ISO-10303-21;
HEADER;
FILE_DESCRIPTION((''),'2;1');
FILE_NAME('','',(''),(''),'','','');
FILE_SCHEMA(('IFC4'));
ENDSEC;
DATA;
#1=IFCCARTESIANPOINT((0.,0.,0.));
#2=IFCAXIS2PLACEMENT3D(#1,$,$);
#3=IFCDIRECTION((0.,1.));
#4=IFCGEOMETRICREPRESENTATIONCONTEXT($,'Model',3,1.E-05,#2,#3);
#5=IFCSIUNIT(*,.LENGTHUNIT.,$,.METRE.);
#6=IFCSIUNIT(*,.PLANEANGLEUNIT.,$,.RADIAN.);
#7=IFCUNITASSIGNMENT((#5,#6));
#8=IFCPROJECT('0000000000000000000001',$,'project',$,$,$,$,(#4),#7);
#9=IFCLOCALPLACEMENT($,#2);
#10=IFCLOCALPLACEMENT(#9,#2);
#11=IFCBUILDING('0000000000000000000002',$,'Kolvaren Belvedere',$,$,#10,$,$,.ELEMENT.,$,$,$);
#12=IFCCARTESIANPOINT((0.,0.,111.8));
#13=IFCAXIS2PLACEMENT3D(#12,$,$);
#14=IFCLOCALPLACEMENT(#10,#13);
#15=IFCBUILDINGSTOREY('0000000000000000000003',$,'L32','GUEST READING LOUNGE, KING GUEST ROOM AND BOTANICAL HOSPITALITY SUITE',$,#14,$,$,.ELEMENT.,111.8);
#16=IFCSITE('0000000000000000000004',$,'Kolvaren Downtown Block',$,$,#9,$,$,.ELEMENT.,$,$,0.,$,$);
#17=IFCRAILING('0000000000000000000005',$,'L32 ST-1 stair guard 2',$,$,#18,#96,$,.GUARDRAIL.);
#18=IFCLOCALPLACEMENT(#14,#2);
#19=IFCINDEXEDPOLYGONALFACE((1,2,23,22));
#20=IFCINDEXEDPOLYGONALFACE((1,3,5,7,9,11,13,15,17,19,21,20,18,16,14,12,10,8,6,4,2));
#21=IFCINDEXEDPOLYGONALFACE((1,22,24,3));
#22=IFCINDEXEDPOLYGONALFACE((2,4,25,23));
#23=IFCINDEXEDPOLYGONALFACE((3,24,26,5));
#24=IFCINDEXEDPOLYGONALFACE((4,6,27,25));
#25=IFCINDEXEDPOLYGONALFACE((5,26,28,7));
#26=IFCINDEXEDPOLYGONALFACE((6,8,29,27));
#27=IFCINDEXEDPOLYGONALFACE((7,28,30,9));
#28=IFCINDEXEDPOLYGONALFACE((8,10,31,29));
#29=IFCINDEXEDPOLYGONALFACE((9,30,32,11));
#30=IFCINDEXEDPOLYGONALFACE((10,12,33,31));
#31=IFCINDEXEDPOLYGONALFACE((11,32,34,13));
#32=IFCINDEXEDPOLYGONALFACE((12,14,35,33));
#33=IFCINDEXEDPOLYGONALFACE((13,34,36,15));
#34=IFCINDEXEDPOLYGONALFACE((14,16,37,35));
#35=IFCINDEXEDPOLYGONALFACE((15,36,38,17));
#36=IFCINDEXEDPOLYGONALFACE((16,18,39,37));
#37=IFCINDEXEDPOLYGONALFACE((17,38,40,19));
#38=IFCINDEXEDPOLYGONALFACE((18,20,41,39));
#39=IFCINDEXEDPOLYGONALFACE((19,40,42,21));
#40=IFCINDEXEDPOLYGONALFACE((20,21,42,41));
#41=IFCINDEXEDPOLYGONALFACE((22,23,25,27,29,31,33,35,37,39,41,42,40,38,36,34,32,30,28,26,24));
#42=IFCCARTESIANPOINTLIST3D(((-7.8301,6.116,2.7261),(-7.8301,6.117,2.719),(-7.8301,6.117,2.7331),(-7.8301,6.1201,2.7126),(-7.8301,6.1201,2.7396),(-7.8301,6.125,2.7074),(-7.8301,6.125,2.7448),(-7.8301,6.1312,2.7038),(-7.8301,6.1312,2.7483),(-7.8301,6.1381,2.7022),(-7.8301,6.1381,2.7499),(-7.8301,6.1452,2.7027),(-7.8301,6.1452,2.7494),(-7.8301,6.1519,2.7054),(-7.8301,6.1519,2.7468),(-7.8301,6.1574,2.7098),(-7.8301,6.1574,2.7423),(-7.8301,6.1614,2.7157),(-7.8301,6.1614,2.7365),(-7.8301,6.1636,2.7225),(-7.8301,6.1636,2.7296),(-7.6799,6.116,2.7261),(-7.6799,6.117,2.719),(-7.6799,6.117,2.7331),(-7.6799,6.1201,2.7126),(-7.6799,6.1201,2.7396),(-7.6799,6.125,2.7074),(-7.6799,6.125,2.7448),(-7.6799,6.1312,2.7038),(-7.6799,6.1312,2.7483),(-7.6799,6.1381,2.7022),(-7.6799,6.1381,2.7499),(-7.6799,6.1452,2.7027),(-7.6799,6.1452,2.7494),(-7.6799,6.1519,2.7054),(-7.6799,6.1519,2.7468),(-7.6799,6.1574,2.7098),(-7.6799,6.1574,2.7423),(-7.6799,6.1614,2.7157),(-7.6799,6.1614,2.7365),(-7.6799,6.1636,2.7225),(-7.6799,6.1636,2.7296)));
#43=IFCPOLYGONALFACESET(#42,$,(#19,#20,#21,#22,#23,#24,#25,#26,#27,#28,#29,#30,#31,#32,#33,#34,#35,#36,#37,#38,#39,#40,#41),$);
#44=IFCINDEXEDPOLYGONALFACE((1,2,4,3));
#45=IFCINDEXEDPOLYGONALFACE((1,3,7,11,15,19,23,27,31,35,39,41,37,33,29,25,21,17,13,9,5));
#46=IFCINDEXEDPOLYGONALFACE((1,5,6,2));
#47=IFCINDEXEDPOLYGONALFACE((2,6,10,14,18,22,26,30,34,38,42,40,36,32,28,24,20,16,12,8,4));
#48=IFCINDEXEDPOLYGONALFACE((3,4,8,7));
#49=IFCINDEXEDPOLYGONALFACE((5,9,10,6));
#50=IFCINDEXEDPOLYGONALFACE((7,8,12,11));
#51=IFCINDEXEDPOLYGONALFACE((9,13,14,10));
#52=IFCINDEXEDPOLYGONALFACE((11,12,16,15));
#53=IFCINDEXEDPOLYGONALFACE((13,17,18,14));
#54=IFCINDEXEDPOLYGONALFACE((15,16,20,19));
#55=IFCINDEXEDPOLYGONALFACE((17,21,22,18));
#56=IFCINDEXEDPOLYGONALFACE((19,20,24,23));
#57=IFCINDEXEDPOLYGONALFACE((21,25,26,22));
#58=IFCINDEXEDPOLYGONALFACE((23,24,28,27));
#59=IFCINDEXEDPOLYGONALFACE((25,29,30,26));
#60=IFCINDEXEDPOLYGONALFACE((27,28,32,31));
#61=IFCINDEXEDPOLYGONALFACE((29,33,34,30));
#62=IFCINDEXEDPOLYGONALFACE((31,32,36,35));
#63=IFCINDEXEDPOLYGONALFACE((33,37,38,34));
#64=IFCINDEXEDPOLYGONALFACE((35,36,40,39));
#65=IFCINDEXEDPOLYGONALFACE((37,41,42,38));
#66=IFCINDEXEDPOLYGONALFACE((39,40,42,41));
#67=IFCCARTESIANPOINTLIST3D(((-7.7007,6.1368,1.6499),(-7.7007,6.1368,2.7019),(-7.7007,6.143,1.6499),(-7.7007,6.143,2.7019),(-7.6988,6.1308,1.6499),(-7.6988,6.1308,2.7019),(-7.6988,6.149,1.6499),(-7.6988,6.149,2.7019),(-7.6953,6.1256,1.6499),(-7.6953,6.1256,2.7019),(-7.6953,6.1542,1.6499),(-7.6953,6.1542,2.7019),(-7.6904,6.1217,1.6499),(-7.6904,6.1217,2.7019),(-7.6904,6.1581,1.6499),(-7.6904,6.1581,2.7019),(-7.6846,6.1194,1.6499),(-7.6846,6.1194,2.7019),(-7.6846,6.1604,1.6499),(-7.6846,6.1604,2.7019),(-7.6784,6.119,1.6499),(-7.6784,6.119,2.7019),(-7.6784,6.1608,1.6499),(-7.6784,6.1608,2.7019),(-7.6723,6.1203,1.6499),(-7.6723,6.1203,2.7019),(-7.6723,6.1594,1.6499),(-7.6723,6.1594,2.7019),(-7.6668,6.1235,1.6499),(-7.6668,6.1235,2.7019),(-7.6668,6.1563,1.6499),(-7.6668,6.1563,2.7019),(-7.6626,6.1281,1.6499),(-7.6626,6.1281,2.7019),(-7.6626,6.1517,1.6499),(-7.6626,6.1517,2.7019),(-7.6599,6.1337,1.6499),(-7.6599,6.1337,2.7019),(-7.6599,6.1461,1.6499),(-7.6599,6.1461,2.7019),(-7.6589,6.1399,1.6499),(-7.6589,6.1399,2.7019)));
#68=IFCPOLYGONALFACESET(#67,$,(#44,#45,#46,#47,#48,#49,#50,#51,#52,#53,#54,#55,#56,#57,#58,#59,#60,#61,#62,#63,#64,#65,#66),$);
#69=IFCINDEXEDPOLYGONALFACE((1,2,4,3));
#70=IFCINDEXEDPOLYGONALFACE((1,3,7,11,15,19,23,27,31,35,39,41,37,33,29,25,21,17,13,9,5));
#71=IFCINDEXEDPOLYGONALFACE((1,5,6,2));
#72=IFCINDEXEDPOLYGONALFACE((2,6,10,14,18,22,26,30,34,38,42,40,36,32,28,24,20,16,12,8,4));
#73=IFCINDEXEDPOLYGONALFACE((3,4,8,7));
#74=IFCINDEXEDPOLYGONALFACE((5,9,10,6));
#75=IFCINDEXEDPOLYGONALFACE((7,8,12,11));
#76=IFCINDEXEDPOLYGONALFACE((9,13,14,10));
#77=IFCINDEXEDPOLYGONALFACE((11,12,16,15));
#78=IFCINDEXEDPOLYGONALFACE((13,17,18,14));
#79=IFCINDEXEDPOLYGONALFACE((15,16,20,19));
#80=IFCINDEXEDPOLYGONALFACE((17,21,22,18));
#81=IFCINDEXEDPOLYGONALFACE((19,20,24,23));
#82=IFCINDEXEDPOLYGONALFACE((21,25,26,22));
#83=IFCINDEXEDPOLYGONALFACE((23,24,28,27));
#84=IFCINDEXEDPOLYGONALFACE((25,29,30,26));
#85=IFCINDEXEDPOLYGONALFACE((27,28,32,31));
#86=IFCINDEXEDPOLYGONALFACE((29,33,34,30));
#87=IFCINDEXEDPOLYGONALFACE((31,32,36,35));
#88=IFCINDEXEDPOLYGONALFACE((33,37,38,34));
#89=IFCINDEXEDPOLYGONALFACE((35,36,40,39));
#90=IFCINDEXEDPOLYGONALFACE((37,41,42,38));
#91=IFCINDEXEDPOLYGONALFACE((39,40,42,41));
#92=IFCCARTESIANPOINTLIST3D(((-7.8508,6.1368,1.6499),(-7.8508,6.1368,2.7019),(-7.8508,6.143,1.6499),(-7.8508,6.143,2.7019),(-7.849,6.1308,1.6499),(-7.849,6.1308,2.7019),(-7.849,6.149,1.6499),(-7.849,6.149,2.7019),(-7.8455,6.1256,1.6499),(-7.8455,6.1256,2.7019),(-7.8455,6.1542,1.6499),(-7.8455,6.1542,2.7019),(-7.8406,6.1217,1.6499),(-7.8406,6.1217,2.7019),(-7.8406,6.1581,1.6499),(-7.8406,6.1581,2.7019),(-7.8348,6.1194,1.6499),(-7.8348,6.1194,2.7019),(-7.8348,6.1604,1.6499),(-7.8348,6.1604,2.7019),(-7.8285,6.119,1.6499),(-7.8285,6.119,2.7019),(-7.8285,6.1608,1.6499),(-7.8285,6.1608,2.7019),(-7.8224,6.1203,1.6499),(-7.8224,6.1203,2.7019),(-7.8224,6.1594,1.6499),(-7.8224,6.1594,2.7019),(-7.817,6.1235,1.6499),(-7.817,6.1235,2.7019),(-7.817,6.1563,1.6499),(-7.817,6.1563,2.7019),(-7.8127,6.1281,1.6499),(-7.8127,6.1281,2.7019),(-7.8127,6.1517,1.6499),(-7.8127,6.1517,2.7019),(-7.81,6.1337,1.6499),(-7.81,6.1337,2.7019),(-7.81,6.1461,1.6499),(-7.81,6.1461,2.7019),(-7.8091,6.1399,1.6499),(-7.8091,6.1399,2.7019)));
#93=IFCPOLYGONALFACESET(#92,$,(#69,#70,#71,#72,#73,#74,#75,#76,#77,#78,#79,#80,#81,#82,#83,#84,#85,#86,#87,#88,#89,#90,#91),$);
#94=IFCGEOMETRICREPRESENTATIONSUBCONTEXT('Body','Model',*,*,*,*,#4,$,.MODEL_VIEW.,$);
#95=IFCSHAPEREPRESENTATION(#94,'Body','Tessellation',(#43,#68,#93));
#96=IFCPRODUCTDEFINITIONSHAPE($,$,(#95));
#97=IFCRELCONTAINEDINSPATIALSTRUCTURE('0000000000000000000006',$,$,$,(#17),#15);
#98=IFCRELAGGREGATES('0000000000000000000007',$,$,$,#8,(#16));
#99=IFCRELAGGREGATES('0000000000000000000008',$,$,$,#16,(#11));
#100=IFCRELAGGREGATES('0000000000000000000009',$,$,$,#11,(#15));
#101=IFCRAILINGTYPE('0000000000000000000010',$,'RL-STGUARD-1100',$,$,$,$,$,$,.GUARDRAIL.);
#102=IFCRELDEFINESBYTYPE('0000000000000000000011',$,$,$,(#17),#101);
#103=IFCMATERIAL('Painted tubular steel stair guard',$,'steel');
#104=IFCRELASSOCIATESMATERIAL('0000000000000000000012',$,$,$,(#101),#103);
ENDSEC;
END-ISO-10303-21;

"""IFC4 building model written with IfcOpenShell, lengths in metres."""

from ifc_helpers import new_model, si_unit, direction, frame, origin, origin_2d, place, context, subcontext, project, spatial, circle, extrude, material, type_object, element, save


model = new_model("IFC4")

# Units and contexts
model_context = context("Model", 3, precision=1e-05, world=origin(), true_north=direction((0.0, 1.0)))
body_context = subcontext(model_context, "Body", "Model", "MODEL_VIEW")
ifc_project = project(units=[si_unit("LENGTHUNIT", "METRE"), si_unit("PLANEANGLEUNIT", "RADIAN")], contexts=[model_context])

# Site, building, storey
site_placement = place(None, origin())
site = spatial("IfcSite", under=ifc_project, at=site_placement, Name="Kolvaren Downtown Block", CompositionType="ELEMENT", RefElevation=0.0)
building_placement = place(site_placement, origin())
building = spatial("IfcBuilding", under=site, at=building_placement, Name="Kolvaren Belvedere", CompositionType="ELEMENT")
storey_placement = place(building_placement, frame((0.0, 0.0, 111.8)))
storey = spatial("IfcBuildingStorey", under=building, at=storey_placement, Name="L32", Description="GUEST READING LOUNGE, KING GUEST ROOM AND BOTANICAL HOSPITALITY SUITE", CompositionType="ELEMENT", Elevation=111.8)

# Railing
ifc_material_1 = material(Name="Painted tubular steel stair guard", Category="steel")
railing_type_1 = type_object("IfcRailingType", Name="RL-STGUARD-1100", PredefinedType="GUARDRAIL", material=ifc_material_1)
railing_1_placement = place(storey_placement, frame((-7.6799, 6.1399, 1.6499)))
element("IfcRailing", 1, at=railing_1_placement, inside=storey, type_object=railing_type_1, Name="L32 ST-1 stair guard 2", PredefinedType="GUARDRAIL", context=body_context, shape_type="SweptSolid", body=[
    extrude(circle(Radius=0.0239, at=origin_2d()), frame((0.0, 0.0, 1.0762), z_axis=(-1.0, 0.0, 0.0), x_axis=(0.0, -1.0, 0.0)), (0.0, 0.0, 1.0), 0.1501),
    extrude(circle(Radius=0.021, at=origin_2d()), origin(), (0.0, 0.0, 1.0), 1.052),
    extrude(circle(Radius=0.021, at=origin_2d()), frame((-0.1501, 0.0, 0.0)), (0.0, 0.0, 1.0), 1.052),
])

save(model, "model.ifc")
